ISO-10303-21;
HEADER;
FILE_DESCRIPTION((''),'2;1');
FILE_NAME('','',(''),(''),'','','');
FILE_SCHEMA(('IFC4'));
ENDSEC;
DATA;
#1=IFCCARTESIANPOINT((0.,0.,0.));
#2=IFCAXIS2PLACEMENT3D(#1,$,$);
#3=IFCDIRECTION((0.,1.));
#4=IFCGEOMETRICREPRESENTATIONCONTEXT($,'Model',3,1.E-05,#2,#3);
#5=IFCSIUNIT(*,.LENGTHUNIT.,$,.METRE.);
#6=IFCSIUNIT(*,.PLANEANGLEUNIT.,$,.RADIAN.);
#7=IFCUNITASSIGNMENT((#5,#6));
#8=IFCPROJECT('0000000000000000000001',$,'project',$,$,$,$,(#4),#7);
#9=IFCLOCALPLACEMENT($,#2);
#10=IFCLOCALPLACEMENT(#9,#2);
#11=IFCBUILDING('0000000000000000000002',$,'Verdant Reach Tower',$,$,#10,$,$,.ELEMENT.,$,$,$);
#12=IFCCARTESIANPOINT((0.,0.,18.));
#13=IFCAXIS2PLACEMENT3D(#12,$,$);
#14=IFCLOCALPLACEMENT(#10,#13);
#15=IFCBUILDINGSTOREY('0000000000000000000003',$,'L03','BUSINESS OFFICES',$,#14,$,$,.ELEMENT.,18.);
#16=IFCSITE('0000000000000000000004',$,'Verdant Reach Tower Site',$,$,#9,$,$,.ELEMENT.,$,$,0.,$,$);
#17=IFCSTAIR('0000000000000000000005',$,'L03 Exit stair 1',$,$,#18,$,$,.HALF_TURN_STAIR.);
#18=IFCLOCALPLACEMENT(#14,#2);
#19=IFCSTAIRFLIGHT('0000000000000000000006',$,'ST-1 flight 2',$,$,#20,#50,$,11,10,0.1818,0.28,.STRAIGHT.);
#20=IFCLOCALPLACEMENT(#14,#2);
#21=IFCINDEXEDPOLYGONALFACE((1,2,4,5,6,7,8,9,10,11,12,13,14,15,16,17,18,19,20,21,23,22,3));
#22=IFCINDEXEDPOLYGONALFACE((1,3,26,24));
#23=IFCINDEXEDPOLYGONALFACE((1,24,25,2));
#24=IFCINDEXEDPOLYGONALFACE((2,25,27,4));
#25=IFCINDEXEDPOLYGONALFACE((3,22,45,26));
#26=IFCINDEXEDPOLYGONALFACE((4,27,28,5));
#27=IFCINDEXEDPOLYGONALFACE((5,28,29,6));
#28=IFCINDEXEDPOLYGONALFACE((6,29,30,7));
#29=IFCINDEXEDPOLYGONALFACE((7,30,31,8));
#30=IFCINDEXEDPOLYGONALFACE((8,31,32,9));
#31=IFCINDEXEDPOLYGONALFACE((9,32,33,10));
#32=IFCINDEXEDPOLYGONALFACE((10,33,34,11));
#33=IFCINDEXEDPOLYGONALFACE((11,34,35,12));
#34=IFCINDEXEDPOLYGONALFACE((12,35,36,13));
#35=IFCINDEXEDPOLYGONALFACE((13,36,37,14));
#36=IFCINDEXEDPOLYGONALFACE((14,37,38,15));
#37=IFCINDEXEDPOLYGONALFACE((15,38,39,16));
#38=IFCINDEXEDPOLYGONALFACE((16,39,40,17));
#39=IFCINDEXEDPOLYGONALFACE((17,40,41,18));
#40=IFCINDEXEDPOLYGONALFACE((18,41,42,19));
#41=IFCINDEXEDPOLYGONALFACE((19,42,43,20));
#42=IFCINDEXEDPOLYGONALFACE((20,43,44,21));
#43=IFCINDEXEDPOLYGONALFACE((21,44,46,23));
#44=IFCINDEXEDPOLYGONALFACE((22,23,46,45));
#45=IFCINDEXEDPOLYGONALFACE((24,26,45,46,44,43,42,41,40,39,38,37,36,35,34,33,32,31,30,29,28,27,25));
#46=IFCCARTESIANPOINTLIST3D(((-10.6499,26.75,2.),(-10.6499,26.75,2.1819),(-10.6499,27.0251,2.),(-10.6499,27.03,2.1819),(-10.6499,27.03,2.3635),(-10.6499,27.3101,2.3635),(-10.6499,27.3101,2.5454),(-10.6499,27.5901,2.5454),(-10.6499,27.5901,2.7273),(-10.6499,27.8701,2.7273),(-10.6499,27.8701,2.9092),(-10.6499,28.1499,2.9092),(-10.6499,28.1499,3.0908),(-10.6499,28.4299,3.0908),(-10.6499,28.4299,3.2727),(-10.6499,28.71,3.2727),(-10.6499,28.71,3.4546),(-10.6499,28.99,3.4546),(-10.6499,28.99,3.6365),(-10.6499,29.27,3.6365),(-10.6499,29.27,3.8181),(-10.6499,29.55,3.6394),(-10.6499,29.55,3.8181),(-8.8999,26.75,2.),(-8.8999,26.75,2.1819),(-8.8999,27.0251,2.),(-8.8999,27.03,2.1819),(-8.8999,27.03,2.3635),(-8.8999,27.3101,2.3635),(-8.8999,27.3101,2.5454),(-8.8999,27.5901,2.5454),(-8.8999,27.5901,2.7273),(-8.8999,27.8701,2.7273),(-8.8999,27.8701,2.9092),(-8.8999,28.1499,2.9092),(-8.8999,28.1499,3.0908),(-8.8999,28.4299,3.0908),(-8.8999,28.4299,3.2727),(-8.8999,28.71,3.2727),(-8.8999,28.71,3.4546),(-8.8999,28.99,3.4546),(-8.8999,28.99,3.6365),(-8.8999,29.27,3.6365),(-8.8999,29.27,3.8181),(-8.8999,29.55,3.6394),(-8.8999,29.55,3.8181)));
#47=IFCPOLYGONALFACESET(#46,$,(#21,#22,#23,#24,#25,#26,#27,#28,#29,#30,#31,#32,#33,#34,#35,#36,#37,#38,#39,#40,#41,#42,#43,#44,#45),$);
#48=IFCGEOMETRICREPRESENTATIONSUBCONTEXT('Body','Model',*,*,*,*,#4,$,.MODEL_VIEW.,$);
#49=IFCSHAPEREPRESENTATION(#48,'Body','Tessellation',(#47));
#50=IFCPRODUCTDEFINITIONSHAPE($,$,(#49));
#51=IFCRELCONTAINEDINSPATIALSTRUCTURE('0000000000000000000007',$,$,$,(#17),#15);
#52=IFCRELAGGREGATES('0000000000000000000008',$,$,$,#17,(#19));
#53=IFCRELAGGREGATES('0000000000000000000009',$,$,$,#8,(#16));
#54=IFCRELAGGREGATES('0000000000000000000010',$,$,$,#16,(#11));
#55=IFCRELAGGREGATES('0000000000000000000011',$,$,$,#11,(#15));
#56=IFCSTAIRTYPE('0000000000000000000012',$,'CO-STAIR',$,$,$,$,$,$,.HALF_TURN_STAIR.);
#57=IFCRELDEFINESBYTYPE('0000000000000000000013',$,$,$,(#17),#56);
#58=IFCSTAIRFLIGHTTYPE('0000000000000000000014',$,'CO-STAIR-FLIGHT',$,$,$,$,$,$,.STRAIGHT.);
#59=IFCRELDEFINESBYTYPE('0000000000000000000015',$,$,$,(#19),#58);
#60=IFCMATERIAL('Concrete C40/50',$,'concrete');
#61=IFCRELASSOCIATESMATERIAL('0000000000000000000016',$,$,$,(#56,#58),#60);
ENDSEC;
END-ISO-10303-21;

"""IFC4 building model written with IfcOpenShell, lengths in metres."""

from ifc_helpers import new_model, si_unit, direction, frame, origin, place, context, subcontext, project, spatial, polyline, outline, extrude, material, type_object, element, aggregate, save


model = new_model("IFC4")

# Units and contexts
model_context = context("Model", 3, precision=1e-05, world=origin(), true_north=direction((0.0, 1.0)))
body_context = subcontext(model_context, "Body", "Model", "MODEL_VIEW")
ifc_project = project(units=[si_unit("LENGTHUNIT", "METRE"), si_unit("PLANEANGLEUNIT", "RADIAN")], contexts=[model_context])

# Site, building, storey
site_placement = place(None, origin())
site = spatial("IfcSite", under=ifc_project, at=site_placement, Name="Verdant Reach Tower Site", CompositionType="ELEMENT", RefElevation=0.0)
building_placement = place(site_placement, origin())
building = spatial("IfcBuilding", under=site, at=building_placement, Name="Verdant Reach Tower", CompositionType="ELEMENT")
storey_placement = place(building_placement, frame((0.0, 0.0, 18.0)))
storey = spatial("IfcBuildingStorey", under=building, at=storey_placement, Name="L03", Description="BUSINESS OFFICES", CompositionType="ELEMENT", Elevation=18.0)

# Shared definitions
ifc_material_1 = material(Name="Concrete C40/50", Category="concrete")

# Stair, stair flight
stair_type = type_object("IfcStairType", Name="CO-STAIR", PredefinedType="HALF_TURN_STAIR", material=ifc_material_1)
stair_placement = place(storey_placement, origin())
stair = element("IfcStair", 1, at=stair_placement, inside=storey, type_object=stair_type, Name="L03 Exit stair 1", PredefinedType="HALF_TURN_STAIR")
stair_flight_type = type_object("IfcStairFlightType", Name="CO-STAIR-FLIGHT", PredefinedType="STRAIGHT", material=ifc_material_1)
stair_flight_1_placement = place(storey_placement, frame((-9.7749, 26.75, 2.0), z_axis=(0.0, 0.0, 1.0), x_axis=(0.0, 1.0, 0.0)))
stair_flight_1 = element("IfcStairFlight", 2, at=stair_flight_1_placement, type_object=stair_flight_type, Name="ST-1 flight 2", NumberOfRisers=11, NumberOfTreads=10, PredefinedType="STRAIGHT", RiserHeight=0.1818, TreadLength=0.28, context=body_context, shape_type="SweptSolid", body=[
    extrude(outline(polyline([(0.0, 0.0), (0.0, 0.1819), (0.28, 0.1819), (0.28, 0.3635), (0.5601, 0.3635), (0.5601, 0.5454), (0.8401, 0.5454), (0.8401, 0.7273), (1.1201, 0.7273), (1.1201, 0.9092), (1.3999, 0.9092), (1.3999, 1.0908), (1.6799, 1.0908), (1.6799, 1.2727), (1.96, 1.2727), (1.96, 1.4546), (2.24, 1.4546), (2.24, 1.6365), (2.52, 1.6365), (2.52, 1.8181), (2.8, 1.8181), (2.8, 2.0), (2.8, 1.6394), (0.2751, 0.0), (0.0, 0.0)])), frame((0.0, 0.875, 0.0), z_axis=(0.0, -1.0, 0.0), x_axis=(1.0, 0.0, 0.0)), (0.0, 0.0, 1.0), 1.75),
])
aggregate(stair, [stair_flight_1])

save(model, "model.ifc")
